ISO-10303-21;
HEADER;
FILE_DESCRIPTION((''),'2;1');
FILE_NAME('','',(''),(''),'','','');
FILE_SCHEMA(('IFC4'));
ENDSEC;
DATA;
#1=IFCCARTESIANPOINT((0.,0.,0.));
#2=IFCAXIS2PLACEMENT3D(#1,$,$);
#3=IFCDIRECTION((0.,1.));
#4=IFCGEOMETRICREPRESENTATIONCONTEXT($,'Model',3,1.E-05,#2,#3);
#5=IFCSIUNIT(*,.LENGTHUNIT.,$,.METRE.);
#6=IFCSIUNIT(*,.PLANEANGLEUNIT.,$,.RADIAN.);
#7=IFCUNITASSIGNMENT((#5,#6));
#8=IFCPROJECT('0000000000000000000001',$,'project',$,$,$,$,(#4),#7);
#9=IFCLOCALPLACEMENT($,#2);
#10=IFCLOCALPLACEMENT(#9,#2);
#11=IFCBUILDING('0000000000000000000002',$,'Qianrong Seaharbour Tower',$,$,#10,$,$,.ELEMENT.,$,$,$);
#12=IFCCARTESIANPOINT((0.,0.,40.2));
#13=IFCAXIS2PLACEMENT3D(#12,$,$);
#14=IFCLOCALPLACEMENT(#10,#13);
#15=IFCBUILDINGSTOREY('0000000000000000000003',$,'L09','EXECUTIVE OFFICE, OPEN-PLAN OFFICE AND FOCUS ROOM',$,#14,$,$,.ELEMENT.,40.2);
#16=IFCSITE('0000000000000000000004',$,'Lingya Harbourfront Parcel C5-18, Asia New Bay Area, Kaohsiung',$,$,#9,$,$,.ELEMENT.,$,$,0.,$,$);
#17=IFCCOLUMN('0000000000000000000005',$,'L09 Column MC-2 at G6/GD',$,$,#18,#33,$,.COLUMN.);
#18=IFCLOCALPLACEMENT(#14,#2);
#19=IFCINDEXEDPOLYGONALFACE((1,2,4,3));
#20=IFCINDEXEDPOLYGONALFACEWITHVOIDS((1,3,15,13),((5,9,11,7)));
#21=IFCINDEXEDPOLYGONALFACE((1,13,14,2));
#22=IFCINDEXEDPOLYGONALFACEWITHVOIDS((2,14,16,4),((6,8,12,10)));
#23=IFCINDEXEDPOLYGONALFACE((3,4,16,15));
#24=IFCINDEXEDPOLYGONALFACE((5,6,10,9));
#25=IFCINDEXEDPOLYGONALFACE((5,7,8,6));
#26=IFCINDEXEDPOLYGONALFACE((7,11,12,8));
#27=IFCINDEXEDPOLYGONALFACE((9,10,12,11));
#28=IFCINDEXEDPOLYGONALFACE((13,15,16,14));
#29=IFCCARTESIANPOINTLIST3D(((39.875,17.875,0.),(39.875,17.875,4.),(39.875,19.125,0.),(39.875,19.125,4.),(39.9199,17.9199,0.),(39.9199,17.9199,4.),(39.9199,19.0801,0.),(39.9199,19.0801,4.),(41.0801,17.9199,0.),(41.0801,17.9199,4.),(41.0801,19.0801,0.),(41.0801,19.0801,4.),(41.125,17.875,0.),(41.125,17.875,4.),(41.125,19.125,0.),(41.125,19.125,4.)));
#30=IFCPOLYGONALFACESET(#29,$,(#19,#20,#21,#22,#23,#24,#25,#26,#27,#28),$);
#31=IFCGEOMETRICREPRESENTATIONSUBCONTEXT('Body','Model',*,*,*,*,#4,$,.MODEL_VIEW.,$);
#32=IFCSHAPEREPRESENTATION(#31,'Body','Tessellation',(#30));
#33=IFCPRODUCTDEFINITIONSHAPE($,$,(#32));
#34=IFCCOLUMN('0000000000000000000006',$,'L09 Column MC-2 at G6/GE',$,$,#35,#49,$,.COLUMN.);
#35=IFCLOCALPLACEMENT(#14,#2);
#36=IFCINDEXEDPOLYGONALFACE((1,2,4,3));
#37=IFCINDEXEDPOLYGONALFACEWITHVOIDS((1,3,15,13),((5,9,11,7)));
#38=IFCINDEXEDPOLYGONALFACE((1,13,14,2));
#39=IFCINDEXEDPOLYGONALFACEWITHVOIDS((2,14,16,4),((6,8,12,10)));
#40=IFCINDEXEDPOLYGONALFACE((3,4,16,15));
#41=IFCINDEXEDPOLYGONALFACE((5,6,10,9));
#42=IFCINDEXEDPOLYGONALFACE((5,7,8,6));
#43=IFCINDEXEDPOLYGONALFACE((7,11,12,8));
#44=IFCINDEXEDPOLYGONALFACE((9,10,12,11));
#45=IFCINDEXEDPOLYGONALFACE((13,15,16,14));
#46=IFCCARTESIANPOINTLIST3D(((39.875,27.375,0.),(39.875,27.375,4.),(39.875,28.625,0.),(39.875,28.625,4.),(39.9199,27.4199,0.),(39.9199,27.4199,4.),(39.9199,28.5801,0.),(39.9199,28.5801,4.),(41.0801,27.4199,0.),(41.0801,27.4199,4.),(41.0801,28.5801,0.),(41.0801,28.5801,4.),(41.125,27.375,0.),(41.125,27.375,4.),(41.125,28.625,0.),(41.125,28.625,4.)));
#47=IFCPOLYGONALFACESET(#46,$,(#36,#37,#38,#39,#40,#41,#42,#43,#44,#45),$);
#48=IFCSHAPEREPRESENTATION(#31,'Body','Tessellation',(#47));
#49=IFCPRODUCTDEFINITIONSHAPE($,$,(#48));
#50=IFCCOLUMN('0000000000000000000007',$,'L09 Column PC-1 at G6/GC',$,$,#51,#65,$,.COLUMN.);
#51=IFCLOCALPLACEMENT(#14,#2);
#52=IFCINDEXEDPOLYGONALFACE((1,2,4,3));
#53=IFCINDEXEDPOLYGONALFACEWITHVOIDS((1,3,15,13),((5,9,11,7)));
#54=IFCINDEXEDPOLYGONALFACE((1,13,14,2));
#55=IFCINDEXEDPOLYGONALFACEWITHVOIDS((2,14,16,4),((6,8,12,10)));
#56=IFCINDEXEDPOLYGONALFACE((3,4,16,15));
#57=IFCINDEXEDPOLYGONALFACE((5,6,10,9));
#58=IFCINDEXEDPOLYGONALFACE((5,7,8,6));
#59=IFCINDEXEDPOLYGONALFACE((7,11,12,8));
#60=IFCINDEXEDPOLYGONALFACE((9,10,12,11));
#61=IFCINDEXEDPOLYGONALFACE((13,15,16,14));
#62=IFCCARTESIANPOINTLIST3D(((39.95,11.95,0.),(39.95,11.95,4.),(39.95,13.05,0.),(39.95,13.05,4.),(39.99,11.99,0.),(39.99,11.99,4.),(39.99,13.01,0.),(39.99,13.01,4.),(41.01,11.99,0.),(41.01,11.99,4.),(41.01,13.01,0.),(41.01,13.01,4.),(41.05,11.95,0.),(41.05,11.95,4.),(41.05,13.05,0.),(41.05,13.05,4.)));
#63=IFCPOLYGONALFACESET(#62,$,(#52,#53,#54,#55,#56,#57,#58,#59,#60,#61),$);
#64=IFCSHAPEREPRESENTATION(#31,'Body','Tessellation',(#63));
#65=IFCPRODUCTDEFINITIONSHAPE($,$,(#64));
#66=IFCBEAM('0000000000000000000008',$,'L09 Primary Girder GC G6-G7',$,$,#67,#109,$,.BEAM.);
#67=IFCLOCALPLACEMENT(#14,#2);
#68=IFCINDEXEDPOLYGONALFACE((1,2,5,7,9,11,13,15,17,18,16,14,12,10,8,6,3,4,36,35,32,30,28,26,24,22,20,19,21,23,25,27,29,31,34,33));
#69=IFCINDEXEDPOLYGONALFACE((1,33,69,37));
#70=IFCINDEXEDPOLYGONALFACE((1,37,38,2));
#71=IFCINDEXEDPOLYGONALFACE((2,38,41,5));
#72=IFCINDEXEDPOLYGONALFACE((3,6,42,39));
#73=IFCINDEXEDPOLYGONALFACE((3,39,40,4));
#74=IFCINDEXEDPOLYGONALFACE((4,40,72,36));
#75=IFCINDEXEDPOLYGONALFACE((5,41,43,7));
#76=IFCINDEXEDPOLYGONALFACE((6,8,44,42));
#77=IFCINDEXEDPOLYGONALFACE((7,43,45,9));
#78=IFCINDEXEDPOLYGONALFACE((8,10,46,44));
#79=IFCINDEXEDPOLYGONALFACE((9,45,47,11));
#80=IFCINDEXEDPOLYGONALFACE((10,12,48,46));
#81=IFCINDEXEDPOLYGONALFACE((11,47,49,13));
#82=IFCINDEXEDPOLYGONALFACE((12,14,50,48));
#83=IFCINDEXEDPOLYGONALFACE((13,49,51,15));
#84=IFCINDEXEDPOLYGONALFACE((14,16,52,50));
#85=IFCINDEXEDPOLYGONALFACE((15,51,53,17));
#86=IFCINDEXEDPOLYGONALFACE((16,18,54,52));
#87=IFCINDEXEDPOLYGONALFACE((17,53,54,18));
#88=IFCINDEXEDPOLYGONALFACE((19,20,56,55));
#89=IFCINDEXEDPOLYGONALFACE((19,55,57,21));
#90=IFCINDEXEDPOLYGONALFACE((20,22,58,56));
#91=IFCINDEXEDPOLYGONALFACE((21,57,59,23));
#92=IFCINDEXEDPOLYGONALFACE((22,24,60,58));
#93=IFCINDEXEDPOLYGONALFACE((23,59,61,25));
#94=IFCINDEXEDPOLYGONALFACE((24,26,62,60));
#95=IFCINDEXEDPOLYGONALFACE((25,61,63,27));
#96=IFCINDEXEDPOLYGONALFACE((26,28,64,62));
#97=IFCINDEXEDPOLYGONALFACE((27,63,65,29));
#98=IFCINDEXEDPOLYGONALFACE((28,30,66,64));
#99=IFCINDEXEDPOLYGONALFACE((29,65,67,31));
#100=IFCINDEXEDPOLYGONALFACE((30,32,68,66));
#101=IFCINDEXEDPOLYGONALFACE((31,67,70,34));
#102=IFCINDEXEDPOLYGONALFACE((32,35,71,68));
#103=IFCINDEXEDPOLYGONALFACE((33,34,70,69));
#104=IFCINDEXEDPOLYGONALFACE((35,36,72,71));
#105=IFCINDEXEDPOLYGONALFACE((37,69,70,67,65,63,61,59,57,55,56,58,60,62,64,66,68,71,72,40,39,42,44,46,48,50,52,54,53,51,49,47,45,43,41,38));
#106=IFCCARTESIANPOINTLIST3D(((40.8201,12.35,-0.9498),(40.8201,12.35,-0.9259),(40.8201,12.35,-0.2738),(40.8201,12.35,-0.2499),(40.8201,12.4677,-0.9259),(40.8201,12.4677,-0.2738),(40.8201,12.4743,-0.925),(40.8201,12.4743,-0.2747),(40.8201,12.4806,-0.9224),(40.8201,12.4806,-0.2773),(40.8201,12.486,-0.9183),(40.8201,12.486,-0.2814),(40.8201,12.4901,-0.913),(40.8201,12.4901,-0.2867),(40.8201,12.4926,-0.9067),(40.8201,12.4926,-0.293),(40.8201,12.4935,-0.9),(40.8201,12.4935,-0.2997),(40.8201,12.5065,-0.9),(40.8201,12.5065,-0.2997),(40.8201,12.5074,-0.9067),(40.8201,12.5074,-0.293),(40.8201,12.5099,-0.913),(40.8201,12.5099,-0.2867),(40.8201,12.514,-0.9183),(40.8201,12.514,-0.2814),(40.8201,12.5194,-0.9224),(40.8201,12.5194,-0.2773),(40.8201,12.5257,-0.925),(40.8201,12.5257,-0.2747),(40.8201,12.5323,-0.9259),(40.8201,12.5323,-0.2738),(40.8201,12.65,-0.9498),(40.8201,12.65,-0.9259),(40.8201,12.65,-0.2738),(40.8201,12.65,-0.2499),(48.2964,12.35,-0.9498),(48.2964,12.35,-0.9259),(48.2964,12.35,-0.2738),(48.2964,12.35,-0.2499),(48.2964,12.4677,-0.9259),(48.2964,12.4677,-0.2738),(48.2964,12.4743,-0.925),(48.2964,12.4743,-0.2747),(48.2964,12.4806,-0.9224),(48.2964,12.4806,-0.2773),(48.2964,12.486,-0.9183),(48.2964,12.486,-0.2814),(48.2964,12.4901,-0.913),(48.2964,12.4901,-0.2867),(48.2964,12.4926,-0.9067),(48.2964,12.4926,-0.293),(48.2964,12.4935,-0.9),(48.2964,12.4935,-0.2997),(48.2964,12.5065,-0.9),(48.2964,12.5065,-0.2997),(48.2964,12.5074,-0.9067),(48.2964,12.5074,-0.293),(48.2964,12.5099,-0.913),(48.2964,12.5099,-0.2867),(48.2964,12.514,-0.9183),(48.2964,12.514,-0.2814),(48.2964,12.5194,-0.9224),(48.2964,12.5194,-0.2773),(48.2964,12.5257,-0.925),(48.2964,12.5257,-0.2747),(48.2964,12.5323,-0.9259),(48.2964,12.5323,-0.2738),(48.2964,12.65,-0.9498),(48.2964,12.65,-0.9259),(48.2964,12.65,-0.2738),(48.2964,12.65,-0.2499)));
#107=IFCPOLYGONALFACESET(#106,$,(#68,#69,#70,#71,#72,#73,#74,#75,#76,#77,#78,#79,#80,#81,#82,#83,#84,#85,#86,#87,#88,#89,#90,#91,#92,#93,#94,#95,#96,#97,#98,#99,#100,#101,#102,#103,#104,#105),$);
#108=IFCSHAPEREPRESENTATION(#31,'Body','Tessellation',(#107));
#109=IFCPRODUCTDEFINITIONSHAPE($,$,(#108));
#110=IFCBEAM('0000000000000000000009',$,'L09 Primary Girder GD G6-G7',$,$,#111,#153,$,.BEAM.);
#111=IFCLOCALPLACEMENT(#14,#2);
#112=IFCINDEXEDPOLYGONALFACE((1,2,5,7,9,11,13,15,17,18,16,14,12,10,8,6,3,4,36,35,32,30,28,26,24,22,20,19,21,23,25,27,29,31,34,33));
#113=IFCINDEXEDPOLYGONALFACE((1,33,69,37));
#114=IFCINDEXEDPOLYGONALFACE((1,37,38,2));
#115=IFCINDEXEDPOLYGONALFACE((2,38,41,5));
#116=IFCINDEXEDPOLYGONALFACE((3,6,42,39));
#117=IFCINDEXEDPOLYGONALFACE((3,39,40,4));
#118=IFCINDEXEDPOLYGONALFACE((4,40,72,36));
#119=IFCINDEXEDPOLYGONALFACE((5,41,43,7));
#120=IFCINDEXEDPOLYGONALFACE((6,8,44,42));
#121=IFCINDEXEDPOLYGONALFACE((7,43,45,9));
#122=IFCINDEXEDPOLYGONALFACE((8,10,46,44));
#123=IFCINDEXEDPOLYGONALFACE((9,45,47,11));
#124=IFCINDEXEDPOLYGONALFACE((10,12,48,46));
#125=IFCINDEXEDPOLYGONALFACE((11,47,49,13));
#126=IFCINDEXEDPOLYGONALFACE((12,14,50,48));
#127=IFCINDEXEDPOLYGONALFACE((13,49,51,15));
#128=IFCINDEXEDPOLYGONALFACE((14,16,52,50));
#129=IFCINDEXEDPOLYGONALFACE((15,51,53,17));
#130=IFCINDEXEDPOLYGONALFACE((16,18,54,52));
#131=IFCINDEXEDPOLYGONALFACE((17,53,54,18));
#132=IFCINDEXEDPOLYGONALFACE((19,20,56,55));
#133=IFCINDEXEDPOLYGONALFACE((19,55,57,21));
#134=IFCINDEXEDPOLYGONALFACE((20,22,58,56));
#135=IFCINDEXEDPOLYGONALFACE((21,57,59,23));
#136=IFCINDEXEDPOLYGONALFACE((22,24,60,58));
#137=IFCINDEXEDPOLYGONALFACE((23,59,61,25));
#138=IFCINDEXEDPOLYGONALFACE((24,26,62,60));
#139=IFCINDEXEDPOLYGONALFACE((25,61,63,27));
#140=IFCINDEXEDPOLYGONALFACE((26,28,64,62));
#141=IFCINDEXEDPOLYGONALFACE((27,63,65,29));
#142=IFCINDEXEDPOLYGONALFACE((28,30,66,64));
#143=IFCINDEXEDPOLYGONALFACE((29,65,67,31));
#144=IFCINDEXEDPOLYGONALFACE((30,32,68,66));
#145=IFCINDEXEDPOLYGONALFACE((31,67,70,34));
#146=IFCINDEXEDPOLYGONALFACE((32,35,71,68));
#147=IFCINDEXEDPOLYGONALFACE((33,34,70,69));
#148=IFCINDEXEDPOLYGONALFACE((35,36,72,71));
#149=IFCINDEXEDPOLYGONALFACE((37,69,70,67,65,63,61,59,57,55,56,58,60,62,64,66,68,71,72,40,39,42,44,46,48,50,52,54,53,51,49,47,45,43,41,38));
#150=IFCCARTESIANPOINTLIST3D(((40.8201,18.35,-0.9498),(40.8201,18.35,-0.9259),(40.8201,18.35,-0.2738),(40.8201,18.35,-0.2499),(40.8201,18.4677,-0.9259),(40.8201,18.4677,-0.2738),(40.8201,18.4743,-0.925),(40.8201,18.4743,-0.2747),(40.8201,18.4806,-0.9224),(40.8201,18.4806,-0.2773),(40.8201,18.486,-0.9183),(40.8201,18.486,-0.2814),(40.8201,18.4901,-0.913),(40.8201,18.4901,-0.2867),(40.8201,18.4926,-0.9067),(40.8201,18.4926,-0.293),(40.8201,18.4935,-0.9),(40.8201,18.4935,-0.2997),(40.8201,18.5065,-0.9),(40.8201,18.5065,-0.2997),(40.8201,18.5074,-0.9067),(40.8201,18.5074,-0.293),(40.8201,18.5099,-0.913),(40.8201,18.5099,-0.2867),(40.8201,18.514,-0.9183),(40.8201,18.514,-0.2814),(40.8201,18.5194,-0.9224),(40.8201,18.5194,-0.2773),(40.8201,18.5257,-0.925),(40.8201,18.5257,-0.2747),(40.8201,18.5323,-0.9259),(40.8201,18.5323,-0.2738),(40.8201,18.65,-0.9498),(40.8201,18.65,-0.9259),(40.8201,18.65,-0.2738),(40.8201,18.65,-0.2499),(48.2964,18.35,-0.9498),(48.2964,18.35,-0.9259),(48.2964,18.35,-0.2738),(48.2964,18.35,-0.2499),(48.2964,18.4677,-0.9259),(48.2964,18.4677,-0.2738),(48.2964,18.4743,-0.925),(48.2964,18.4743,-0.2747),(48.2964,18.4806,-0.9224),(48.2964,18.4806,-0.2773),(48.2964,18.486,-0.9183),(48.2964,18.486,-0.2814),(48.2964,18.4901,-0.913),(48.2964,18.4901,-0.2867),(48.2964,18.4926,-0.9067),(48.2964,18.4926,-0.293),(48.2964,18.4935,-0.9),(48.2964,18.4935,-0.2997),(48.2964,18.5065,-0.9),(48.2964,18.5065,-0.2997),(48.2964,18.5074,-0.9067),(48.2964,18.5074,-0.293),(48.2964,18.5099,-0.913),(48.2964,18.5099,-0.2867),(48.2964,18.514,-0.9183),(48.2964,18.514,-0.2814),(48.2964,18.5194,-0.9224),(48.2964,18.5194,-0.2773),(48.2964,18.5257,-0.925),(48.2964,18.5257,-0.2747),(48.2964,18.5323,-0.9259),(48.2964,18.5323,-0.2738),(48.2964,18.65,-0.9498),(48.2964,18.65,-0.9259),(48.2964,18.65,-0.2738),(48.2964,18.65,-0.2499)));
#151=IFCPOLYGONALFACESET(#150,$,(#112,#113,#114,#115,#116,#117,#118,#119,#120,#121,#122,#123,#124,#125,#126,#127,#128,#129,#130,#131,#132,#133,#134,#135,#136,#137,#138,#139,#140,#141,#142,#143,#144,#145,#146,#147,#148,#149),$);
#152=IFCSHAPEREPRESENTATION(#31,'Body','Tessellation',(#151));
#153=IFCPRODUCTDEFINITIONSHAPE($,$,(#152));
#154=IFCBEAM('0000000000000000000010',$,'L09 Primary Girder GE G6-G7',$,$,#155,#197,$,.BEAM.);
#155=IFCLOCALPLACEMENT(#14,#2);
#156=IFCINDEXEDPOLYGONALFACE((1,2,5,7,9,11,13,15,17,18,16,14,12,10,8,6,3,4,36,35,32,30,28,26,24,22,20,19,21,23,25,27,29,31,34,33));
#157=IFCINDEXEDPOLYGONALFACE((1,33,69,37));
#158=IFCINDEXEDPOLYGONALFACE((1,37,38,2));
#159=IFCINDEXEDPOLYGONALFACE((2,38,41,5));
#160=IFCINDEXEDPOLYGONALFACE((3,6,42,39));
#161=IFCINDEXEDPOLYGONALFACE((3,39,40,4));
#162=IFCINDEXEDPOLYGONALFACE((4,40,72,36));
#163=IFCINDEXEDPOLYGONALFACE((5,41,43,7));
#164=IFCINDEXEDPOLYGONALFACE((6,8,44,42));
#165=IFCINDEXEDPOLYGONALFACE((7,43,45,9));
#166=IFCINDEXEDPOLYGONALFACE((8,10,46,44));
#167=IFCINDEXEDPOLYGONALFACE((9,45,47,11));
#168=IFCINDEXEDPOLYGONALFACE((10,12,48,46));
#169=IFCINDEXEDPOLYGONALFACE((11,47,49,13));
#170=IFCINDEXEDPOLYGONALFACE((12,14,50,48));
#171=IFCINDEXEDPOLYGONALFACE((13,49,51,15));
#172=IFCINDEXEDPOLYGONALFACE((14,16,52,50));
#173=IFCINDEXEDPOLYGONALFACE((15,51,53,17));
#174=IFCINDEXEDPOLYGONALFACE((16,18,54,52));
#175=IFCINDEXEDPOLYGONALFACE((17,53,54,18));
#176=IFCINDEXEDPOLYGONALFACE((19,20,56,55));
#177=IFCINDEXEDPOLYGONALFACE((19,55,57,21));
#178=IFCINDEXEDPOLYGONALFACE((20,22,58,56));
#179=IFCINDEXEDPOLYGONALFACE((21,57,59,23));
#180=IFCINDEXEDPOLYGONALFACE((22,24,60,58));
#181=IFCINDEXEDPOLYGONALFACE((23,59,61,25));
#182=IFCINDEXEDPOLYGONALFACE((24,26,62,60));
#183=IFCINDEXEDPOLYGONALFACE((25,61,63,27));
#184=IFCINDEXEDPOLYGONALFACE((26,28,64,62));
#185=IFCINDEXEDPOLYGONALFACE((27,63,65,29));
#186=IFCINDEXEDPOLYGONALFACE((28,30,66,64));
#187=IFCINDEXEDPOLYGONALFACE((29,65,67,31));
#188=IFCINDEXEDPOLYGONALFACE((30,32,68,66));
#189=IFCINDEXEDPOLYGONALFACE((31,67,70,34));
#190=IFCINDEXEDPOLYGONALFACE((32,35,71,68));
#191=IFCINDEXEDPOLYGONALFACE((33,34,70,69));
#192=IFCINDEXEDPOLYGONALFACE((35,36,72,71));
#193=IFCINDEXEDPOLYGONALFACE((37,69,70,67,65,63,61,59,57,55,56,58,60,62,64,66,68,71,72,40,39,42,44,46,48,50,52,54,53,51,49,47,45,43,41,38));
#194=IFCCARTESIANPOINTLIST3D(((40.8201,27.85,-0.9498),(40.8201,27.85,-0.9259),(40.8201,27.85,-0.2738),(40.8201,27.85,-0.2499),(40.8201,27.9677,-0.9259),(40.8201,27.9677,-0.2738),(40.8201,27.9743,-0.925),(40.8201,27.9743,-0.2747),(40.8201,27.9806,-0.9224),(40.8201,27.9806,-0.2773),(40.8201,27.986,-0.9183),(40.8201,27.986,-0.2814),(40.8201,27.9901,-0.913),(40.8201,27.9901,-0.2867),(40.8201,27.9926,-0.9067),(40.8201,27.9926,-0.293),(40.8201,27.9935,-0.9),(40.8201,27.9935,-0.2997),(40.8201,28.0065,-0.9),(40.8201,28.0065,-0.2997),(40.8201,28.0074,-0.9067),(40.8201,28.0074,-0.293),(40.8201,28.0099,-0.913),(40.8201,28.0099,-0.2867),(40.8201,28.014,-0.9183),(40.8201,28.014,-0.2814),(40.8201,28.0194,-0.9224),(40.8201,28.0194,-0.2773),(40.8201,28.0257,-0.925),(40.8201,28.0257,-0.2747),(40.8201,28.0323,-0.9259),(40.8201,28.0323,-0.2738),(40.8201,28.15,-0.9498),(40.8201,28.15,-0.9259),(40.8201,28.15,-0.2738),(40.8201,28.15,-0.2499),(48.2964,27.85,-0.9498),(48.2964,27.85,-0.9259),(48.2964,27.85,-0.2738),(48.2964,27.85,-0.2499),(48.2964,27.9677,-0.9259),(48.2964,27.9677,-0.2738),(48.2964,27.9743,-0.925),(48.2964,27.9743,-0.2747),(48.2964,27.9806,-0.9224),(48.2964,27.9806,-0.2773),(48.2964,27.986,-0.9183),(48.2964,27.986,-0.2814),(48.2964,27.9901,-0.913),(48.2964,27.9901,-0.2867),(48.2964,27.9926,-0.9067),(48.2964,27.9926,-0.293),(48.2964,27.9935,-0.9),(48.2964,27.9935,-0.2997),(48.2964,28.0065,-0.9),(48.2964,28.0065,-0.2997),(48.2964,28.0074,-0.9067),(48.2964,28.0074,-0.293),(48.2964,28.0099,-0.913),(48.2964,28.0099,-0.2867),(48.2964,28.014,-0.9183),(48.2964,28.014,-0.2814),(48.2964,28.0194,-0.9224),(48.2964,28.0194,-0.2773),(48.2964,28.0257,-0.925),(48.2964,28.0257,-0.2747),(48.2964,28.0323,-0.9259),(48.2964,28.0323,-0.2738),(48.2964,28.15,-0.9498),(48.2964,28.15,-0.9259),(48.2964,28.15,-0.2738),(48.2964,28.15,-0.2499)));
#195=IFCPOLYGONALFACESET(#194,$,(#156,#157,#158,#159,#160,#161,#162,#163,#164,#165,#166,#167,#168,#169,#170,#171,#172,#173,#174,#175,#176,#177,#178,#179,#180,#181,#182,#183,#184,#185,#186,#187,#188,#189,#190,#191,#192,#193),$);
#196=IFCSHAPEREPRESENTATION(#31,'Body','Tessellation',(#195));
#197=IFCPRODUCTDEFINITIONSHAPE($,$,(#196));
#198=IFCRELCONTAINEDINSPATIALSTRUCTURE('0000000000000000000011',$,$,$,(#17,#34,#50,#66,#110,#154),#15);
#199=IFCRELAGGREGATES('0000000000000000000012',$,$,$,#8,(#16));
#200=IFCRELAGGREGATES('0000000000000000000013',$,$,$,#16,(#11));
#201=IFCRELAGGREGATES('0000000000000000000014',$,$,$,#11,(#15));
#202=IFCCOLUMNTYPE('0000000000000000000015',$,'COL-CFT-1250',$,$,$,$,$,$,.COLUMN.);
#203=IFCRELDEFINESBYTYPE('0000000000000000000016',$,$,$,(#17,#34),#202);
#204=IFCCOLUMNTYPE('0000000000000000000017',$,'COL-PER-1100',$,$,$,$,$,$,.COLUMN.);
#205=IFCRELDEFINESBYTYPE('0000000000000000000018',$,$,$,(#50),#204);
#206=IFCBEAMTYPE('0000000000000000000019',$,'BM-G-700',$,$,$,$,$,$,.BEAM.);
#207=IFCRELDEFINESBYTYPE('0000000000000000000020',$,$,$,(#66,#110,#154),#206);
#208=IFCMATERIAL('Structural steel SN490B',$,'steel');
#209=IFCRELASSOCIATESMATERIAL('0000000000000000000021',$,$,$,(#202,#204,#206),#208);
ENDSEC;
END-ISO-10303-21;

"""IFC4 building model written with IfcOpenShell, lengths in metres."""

from ifc_helpers import new_model, si_unit, direction, frame, origin, origin_2d, place, context, subcontext, project, spatial, hollow_rectangle, i_section, extrude, material, material_profile, profile_set, type_object, element, save


model = new_model("IFC4")

# Units and contexts
model_context = context("Model", 3, precision=1e-05, world=origin(), true_north=direction((0.0, 1.0)))
body_context = subcontext(model_context, "Body", "Model", "MODEL_VIEW")
ifc_project = project(units=[si_unit("LENGTHUNIT", "METRE"), si_unit("PLANEANGLEUNIT", "RADIAN")], contexts=[model_context])

# Site, building, storey
site_placement = place(None, origin())
site = spatial("IfcSite", under=ifc_project, at=site_placement, Name="Lingya Harbourfront Parcel C5-18, Asia New Bay Area, Kaohsiung", CompositionType="ELEMENT", RefElevation=0.0)
building_placement = place(site_placement, origin())
building = spatial("IfcBuilding", under=site, at=building_placement, Name="Qianrong Seaharbour Tower", CompositionType="ELEMENT")
storey_placement = place(building_placement, frame((0.0, 0.0, 40.2)))
storey = spatial("IfcBuildingStorey", under=building, at=storey_placement, Name="L09", Description="EXECUTIVE OFFICE, OPEN-PLAN OFFICE AND FOCUS ROOM", CompositionType="ELEMENT", Elevation=40.2)

# Columns
ifc_material_1 = material(Name="Structural steel SN490B", Category="steel")
ifc_material_profile_1 = material_profile(ifc_material_1, hollow_rectangle(XDim=1.25, YDim=1.25, WallThickness=0.0449, at=origin_2d()), Name="BOX1250x1250x45")
ifc_profile_set_1 = profile_set([ifc_material_profile_1], Name="Structural steel SN490B")
column_type_1 = type_object("IfcColumnType", Name="COL-CFT-1250", PredefinedType="COLUMN", material=ifc_profile_set_1)
for number, where, z_axis, x_axis, name in (
    (1, (40.5, 18.5, 0.0), (0.0, 0.0, 1.0), (1.0, 0.0, 0.0), "L09 Column MC-2 at G6/GD"),
    (2, (40.5, 28.0, 0.0), (0.0, 0.0, 1.0), (1.0, 0.0, 0.0), "L09 Column MC-2 at G6/GE"),
):
    element("IfcColumn", number, at=place(storey_placement, frame(where, z_axis=z_axis, x_axis=x_axis)), inside=storey, type_object=column_type_1, Name=name, PredefinedType="COLUMN", context=body_context, shape_type="SweptSolid", body=[
        extrude(hollow_rectangle(XDim=1.25, YDim=1.25, WallThickness=0.0449, at=origin_2d()), origin(), (0.0, 0.0, 1.0), 4.0),
    ])
ifc_material_profile_2 = material_profile(ifc_material_1, hollow_rectangle(XDim=1.1001, YDim=1.1001, WallThickness=0.04, at=origin_2d()), Name="BOX1100x1100x40")
ifc_profile_set_2 = profile_set([ifc_material_profile_2], Name="Structural steel SN490B")
column_type_2 = type_object("IfcColumnType", Name="COL-PER-1100", PredefinedType="COLUMN", material=ifc_profile_set_2)
column_placement = place(storey_placement, frame((40.5, 12.5, 0.0), z_axis=(0.0, 0.0, 1.0), x_axis=(1.0, 0.0, 0.0)))
element("IfcColumn", 3, at=column_placement, inside=storey, type_object=column_type_2, Name="L09 Column PC-1 at G6/GC", PredefinedType="COLUMN", context=body_context, shape_type="SweptSolid", body=[
    extrude(hollow_rectangle(XDim=1.1001, YDim=1.1001, WallThickness=0.04, at=origin_2d()), origin(), (0.0, 0.0, 1.0), 4.0),
])

# Beams
ifc_material_profile_3 = material_profile(ifc_material_1, i_section(OverallWidth=0.3, OverallDepth=0.7, WebThickness=0.0129, FlangeThickness=0.0239, FilletRadius=0.0259, at=origin_2d()), Name="H700x300x13x24")
ifc_profile_set_3 = profile_set([ifc_material_profile_3], Name="Structural steel SN490B")
beam_type_1 = type_object("IfcBeamType", Name="BM-G-700", PredefinedType="BEAM", material=ifc_profile_set_3)
for number, where, z_axis, x_axis, name in (
    (4, (40.8201, 12.5, -0.5999), (1.0, 0.0, 0.0), (0.0, 1.0, 0.0), "L09 Primary Girder GC G6-G7"),
    (5, (40.8201, 18.5, -0.5999), (1.0, 0.0, 0.0), (0.0, 1.0, 0.0), "L09 Primary Girder GD G6-G7"),
    (6, (40.8201, 28.0, -0.5999), (1.0, 0.0, 0.0), (0.0, 1.0, 0.0), "L09 Primary Girder GE G6-G7"),
):
    element("IfcBeam", number, at=place(storey_placement, frame(where, z_axis=z_axis, x_axis=x_axis)), inside=storey, type_object=beam_type_1, Name=name, PredefinedType="BEAM", context=body_context, shape_type="SweptSolid", body=[
        extrude(i_section(OverallWidth=0.3, OverallDepth=0.7, WebThickness=0.0129, FlangeThickness=0.0239, FilletRadius=0.0259, at=origin_2d()), origin(), (0.0, 0.0, 1.0), 7.4763),
    ])

save(model, "model.ifc")
